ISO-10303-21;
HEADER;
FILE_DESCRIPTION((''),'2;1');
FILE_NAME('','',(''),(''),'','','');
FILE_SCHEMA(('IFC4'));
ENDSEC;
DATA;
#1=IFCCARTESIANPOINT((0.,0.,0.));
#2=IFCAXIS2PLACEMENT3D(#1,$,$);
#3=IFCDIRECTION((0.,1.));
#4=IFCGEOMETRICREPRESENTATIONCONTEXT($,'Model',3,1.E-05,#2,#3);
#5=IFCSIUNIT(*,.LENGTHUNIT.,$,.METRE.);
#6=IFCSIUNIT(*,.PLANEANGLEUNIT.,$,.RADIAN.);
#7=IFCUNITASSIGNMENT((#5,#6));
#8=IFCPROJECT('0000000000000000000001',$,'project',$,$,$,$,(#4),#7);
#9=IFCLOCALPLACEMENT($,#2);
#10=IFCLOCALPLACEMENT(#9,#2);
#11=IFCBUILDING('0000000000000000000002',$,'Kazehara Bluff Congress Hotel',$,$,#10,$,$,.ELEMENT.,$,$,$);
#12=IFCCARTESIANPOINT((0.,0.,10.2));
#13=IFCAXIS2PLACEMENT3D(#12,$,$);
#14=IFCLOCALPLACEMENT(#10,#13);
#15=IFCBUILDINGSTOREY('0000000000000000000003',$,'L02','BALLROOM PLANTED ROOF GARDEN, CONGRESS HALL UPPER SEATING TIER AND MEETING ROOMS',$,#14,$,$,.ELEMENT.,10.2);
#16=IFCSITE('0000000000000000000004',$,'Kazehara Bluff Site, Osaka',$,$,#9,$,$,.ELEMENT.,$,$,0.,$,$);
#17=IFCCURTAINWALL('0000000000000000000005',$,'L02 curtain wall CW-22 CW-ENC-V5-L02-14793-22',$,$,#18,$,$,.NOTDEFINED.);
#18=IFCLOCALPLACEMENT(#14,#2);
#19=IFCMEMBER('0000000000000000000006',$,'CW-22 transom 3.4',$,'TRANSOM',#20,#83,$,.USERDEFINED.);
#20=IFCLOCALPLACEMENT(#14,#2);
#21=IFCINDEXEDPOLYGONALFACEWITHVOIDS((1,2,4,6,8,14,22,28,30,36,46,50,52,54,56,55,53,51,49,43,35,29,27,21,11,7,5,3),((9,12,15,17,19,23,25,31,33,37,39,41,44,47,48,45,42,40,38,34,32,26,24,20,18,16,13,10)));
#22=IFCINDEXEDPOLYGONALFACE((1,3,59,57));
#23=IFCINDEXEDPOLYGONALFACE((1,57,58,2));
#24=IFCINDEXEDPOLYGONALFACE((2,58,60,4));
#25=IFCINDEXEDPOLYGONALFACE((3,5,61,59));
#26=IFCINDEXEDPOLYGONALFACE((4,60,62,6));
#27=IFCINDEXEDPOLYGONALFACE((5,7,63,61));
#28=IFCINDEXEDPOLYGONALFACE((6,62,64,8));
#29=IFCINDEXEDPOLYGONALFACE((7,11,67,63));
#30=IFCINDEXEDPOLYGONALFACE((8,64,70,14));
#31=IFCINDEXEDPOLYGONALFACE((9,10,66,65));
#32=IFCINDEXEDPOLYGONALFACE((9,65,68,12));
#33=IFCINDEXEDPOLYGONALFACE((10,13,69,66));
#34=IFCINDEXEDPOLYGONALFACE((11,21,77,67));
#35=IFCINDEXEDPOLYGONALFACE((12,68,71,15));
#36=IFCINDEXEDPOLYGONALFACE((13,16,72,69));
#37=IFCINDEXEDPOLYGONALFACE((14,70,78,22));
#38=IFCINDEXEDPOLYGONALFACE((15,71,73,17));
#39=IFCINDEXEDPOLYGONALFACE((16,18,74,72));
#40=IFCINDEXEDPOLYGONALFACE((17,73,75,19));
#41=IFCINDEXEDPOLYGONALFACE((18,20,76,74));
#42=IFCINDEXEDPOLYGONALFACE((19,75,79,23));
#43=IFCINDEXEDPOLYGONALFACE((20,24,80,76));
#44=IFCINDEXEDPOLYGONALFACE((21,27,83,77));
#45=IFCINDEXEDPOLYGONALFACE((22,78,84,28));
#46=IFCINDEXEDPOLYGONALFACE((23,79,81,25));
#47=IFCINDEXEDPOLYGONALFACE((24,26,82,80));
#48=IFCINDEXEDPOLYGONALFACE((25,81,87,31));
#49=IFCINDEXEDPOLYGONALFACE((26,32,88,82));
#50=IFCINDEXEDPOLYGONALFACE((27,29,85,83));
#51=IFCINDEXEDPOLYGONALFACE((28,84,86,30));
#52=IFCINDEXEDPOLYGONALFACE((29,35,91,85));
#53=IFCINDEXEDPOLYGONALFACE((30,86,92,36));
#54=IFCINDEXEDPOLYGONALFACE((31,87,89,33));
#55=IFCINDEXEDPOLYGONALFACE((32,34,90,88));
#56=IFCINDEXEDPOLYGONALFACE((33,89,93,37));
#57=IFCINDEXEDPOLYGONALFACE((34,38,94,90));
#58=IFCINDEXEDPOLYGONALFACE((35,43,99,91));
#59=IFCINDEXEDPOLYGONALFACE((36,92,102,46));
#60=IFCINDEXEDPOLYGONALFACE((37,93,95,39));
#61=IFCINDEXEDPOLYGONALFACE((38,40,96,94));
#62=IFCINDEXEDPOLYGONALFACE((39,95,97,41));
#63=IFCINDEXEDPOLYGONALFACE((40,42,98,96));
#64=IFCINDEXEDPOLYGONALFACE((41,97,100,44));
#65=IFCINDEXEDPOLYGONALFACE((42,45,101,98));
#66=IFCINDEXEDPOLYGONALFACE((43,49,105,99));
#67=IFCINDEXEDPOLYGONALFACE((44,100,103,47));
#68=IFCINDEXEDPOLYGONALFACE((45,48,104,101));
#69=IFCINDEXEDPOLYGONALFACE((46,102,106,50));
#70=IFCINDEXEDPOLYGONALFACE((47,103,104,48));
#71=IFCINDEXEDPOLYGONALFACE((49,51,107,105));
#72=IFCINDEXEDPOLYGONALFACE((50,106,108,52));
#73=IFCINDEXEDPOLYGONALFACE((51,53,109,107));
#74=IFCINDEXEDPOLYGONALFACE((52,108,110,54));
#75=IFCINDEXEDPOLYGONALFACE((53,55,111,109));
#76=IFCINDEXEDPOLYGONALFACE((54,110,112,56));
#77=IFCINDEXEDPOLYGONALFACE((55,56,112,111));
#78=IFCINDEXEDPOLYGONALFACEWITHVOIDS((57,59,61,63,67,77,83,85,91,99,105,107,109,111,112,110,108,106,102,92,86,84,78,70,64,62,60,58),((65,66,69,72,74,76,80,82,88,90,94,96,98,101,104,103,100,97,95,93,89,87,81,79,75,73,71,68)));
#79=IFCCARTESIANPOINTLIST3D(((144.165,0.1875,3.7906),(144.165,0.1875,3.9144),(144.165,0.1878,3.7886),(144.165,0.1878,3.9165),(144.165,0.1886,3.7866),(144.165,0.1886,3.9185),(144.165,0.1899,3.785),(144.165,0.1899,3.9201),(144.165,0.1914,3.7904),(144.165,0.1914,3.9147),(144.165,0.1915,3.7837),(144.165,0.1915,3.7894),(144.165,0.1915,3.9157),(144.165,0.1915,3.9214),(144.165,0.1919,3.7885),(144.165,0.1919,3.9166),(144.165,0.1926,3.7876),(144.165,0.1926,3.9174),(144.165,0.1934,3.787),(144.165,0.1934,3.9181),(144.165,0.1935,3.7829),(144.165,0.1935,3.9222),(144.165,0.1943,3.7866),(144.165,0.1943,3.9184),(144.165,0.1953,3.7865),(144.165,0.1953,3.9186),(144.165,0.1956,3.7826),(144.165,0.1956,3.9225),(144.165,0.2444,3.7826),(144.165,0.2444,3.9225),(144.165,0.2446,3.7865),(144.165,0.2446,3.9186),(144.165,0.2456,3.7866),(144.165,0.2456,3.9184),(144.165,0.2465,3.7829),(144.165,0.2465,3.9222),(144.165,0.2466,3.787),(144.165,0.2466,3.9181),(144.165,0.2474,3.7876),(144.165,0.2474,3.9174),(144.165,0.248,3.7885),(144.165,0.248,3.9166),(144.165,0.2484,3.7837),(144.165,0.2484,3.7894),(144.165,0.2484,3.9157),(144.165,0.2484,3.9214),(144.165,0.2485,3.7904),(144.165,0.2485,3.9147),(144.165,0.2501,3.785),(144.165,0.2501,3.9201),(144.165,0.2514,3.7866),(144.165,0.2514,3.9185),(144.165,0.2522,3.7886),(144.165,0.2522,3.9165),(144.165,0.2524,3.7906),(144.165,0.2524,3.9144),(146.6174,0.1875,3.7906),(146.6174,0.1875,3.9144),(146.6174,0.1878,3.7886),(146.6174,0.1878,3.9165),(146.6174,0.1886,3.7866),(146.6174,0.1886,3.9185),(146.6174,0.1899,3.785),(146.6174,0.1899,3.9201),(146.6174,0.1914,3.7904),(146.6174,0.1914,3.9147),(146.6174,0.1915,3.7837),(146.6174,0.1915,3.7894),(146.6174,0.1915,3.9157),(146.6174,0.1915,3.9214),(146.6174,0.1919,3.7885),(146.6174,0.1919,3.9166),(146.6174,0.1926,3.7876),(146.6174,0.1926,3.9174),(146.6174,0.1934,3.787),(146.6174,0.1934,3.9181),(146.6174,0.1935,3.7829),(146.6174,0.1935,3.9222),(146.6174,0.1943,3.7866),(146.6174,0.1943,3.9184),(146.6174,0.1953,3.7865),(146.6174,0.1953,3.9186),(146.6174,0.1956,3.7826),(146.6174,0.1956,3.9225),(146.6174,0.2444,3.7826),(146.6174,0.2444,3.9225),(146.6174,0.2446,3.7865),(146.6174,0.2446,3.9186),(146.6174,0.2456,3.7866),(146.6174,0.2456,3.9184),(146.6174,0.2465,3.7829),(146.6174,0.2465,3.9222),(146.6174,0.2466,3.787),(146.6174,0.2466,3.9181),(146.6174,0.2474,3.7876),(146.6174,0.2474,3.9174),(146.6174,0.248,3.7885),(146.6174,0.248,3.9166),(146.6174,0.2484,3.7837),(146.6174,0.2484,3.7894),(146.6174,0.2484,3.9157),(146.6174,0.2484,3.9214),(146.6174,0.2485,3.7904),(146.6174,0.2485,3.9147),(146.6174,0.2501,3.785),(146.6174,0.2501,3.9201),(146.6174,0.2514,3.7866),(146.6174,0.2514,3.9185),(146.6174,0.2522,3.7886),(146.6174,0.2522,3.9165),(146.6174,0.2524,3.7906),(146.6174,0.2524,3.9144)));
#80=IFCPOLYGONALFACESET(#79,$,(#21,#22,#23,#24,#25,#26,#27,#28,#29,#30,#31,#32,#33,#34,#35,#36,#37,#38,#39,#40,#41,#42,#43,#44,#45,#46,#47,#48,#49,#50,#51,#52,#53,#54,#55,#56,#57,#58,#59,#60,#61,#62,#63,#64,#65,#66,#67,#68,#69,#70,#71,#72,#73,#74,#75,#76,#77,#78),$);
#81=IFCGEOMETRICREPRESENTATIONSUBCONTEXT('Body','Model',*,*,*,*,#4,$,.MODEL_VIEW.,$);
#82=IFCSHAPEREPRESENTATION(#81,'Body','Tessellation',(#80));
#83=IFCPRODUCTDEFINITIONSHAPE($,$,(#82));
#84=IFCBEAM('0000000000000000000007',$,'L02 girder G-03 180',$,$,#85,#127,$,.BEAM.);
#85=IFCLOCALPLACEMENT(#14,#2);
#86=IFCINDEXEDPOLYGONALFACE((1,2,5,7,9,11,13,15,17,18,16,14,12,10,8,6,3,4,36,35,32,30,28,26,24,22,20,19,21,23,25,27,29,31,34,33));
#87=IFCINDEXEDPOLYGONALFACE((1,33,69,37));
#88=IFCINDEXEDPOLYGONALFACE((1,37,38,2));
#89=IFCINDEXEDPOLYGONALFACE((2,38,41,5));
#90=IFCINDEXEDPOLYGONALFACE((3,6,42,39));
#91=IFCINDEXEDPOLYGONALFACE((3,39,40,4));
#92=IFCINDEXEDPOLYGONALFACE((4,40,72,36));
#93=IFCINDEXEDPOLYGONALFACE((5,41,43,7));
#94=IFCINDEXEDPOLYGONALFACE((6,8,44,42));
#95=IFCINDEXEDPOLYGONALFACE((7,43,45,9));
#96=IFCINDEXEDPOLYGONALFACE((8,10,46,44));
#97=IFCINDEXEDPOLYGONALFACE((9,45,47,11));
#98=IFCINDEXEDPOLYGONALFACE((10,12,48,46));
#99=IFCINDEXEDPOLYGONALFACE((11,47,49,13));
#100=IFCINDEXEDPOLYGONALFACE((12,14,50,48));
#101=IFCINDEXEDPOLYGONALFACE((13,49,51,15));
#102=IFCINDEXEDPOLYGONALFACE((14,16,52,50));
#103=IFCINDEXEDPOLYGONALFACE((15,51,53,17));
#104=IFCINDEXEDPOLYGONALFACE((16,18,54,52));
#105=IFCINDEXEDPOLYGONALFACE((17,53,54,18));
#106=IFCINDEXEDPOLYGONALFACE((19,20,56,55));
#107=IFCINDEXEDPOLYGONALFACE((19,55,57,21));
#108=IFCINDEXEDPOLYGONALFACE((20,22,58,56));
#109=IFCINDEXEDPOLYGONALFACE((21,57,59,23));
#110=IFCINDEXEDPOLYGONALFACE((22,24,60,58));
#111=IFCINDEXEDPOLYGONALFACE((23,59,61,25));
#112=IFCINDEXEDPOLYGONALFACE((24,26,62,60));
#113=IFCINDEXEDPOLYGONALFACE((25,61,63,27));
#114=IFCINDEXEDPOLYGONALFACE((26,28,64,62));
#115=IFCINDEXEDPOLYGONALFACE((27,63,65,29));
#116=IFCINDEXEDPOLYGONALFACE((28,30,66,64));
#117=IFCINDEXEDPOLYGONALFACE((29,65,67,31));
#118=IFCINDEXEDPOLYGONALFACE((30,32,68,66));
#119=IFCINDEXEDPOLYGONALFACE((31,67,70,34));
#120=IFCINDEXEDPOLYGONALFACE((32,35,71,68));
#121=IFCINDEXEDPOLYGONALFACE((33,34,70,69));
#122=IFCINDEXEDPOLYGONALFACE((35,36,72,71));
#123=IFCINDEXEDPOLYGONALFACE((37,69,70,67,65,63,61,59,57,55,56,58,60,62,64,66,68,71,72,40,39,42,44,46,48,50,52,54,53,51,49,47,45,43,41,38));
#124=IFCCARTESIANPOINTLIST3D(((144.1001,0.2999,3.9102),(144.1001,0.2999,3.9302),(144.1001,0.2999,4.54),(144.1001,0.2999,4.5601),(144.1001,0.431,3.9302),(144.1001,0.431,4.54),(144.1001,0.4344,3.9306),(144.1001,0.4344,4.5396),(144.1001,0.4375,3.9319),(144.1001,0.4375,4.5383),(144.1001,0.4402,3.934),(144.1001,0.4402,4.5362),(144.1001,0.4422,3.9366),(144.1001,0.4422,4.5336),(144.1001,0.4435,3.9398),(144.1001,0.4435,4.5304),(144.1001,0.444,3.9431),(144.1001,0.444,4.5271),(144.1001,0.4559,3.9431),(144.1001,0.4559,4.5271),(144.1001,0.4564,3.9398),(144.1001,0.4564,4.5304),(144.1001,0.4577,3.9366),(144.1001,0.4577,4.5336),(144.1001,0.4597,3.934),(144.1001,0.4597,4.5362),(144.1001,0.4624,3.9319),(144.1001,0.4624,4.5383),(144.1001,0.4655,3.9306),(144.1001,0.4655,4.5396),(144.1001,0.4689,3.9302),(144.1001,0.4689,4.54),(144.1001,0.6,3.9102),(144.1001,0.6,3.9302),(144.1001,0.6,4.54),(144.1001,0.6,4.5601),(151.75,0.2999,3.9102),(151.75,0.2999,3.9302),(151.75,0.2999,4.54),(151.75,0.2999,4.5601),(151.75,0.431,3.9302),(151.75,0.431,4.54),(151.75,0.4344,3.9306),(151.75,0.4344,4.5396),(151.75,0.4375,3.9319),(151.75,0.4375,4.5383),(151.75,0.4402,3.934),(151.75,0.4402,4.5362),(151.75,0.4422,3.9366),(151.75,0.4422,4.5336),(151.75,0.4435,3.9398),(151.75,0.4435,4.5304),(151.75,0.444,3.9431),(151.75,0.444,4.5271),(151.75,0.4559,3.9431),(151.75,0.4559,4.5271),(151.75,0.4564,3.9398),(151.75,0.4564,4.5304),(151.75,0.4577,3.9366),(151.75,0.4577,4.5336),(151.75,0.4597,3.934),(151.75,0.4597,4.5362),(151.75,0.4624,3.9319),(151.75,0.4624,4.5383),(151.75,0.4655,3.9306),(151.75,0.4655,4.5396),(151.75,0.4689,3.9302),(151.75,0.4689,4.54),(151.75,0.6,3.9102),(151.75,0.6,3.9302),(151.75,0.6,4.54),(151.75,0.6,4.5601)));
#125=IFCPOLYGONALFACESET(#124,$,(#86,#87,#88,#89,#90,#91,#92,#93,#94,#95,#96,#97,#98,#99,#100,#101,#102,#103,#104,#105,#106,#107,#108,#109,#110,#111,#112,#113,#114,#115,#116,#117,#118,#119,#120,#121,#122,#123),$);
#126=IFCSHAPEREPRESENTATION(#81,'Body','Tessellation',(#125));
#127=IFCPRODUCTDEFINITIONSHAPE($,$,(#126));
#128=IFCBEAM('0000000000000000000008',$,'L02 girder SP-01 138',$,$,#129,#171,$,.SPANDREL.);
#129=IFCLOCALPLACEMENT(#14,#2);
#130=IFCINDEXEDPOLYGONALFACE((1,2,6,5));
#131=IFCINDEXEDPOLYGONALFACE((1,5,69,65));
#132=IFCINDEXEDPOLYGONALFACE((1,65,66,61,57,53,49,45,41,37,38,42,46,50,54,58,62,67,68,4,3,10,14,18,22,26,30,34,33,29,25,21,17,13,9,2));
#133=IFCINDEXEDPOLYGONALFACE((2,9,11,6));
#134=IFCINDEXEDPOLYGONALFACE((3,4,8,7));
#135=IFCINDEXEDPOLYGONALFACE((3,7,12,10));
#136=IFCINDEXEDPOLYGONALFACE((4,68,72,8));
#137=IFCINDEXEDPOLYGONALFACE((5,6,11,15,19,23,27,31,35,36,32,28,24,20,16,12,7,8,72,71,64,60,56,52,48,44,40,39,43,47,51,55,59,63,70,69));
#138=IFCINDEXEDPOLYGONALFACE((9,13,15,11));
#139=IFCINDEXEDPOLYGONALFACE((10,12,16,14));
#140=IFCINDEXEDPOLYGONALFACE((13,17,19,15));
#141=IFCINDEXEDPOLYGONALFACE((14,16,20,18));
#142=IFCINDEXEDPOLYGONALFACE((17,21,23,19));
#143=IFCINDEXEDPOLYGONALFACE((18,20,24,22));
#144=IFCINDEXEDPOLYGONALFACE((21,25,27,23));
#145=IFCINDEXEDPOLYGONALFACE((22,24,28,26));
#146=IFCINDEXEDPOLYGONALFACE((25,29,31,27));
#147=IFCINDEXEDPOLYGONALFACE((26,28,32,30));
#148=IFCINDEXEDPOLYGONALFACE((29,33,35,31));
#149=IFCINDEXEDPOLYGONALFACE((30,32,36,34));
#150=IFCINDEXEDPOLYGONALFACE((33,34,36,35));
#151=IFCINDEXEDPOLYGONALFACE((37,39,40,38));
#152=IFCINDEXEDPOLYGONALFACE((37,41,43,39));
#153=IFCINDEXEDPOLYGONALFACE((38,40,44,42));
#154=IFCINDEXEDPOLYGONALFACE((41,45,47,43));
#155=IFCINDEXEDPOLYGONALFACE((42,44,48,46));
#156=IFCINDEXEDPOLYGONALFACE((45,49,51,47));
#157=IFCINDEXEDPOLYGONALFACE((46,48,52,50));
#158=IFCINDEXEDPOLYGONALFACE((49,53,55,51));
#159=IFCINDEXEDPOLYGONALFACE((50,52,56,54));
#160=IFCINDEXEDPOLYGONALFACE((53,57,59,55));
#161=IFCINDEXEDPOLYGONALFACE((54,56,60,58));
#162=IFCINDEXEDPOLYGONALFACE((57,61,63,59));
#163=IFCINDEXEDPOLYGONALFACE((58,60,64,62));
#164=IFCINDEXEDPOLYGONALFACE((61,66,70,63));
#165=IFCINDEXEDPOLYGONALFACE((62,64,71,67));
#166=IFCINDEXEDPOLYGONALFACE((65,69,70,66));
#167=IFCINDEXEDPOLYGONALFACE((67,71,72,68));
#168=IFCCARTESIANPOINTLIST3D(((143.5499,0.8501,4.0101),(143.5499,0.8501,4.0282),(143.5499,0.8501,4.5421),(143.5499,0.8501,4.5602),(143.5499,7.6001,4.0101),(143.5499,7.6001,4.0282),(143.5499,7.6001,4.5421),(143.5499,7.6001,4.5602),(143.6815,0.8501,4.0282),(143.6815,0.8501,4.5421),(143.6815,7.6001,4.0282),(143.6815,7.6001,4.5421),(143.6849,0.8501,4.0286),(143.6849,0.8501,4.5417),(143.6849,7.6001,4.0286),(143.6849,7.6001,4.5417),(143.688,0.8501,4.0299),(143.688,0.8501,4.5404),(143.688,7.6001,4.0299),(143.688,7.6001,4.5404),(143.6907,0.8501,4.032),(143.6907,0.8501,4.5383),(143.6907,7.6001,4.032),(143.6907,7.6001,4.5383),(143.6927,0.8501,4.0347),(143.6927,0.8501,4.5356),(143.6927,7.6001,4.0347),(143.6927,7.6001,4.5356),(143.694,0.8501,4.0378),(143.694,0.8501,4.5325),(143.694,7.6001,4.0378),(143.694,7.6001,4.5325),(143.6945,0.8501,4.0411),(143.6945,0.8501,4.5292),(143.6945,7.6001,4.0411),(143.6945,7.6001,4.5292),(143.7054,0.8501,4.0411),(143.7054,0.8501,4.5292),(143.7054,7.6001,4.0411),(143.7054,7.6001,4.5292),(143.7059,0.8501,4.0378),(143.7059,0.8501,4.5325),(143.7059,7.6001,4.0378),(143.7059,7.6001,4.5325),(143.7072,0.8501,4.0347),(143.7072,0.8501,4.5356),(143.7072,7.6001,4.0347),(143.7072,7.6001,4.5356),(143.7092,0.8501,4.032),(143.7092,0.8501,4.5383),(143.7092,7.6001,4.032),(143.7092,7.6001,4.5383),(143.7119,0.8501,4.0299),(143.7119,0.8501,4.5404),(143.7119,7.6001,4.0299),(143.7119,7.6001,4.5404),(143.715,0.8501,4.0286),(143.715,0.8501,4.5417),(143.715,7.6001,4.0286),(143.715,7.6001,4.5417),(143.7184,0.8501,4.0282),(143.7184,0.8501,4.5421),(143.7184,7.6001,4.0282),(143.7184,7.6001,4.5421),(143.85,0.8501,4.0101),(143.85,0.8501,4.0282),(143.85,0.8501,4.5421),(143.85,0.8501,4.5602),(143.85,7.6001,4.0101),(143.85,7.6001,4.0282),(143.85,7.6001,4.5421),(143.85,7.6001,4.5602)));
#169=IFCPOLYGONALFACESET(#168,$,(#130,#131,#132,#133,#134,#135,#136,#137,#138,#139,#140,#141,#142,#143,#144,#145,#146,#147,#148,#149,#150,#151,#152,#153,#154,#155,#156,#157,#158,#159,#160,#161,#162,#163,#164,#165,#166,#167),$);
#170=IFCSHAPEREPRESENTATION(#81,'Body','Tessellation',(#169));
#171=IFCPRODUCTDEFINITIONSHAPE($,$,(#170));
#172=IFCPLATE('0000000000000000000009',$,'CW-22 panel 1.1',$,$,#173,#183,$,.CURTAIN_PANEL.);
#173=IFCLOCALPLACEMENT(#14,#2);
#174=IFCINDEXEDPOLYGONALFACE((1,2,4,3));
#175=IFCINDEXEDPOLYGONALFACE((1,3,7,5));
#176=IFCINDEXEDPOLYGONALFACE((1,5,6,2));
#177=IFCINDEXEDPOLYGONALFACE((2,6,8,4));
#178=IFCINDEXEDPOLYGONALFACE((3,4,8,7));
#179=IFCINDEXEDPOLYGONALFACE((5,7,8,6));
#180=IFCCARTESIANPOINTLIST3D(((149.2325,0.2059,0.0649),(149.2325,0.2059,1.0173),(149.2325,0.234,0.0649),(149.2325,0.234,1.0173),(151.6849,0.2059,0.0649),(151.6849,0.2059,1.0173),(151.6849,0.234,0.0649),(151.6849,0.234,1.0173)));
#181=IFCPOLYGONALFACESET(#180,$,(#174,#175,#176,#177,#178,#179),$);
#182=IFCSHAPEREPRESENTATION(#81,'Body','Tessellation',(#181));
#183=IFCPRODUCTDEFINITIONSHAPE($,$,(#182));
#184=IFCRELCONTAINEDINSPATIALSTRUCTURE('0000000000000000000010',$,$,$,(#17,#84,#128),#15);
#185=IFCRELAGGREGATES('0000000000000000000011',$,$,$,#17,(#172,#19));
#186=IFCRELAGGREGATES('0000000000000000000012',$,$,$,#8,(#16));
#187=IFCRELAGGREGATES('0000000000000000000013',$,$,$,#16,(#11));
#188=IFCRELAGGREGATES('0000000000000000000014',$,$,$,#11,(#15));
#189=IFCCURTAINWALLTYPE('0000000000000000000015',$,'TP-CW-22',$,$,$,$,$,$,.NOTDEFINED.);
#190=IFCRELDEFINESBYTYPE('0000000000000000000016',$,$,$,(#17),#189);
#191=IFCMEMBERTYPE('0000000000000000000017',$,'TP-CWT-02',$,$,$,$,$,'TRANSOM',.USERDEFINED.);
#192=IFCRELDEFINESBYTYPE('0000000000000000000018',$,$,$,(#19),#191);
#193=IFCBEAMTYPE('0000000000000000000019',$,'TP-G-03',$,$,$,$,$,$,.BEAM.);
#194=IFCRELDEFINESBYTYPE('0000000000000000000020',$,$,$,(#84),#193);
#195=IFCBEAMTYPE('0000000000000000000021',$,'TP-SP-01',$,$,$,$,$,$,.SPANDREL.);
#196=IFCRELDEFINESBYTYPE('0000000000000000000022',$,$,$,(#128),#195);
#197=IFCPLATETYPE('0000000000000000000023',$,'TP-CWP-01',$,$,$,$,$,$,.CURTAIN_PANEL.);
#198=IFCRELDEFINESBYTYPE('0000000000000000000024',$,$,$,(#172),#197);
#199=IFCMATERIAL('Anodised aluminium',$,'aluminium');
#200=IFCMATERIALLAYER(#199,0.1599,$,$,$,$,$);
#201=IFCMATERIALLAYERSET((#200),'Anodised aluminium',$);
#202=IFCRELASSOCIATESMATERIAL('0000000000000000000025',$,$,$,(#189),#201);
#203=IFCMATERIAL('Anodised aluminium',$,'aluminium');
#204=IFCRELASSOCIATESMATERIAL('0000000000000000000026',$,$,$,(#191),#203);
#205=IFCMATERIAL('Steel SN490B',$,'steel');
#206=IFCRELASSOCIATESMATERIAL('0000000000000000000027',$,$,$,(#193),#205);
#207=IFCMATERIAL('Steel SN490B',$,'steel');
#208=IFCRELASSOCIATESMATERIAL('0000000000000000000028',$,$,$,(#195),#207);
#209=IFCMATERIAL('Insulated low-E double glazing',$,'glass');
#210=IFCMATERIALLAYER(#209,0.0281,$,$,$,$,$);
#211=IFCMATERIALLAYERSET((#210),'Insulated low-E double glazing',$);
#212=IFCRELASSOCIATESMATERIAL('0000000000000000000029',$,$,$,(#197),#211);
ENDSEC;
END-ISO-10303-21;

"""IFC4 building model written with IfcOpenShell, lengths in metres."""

from ifc_helpers import new_model, si_unit, direction, frame, origin, origin_2d, place, context, subcontext, project, spatial, rectangle, hollow_rectangle, i_section, extrude, material, layer, layer_set, material_profile, profile_set, type_object, element, aggregate, save


model = new_model("IFC4")

# Units and contexts
model_context = context("Model", 3, precision=1e-05, world=origin(), true_north=direction((0.0, 1.0)))
body_context = subcontext(model_context, "Body", "Model", "MODEL_VIEW")
ifc_project = project(units=[si_unit("LENGTHUNIT", "METRE"), si_unit("PLANEANGLEUNIT", "RADIAN")], contexts=[model_context])

# Site, building, storey
site_placement = place(None, origin())
site = spatial("IfcSite", under=ifc_project, at=site_placement, Name="Kazehara Bluff Site, Osaka", CompositionType="ELEMENT", RefElevation=0.0)
building_placement = place(site_placement, origin())
building = spatial("IfcBuilding", under=site, at=building_placement, Name="Kazehara Bluff Congress Hotel", CompositionType="ELEMENT")
storey_placement = place(building_placement, frame((0.0, 0.0, 10.2)))
storey = spatial("IfcBuildingStorey", under=building, at=storey_placement, Name="L02", Description="BALLROOM PLANTED ROOF GARDEN, CONGRESS HALL UPPER SEATING TIER AND MEETING ROOMS", CompositionType="ELEMENT", Elevation=10.2)

# Curtain wall
ifc_material_1 = material(Name="Anodised aluminium", Category="aluminium")
ifc_layer_1 = layer(ifc_material_1, 0.1599)
ifc_layer_set_1 = layer_set([ifc_layer_1], Name="Anodised aluminium")
curtain_wall_type_1 = type_object("IfcCurtainWallType", Name="TP-CW-22", PredefinedType="NOTDEFINED", material=ifc_layer_set_1)
curtain_wall_1_placement = place(storey_placement, origin())
curtain_wall_1 = element("IfcCurtainWall", 1, at=curtain_wall_1_placement, inside=storey, type_object=curtain_wall_type_1, Name="L02 curtain wall CW-22 CW-ENC-V5-L02-14793-22", PredefinedType="NOTDEFINED")

# Member
ifc_material_2 = material(Name="Anodised aluminium", Category="aluminium")
ifc_material_profile_1 = material_profile(ifc_material_2, hollow_rectangle(XDim=0.0649, YDim=0.1399, WallThickness=0.0039, InnerFilletRadius=0.0039, OuterFilletRadius=0.0081, at=origin_2d()))
ifc_profile_set_1 = profile_set([ifc_material_profile_1], Name="Anodised aluminium")
member_type_1 = type_object("IfcMemberType", Name="TP-CWT-02", ElementType="TRANSOM", PredefinedType="USERDEFINED", material=ifc_profile_set_1)
member_1_placement = place(storey_placement, frame((146.6174, 0.22, 3.8525), z_axis=(-1.0, 0.0, 0.0), x_axis=(0.0, -1.0, 0.0)))
member_1 = element("IfcMember", 2, at=member_1_placement, type_object=member_type_1, Name="CW-22 transom 3.4", ObjectType="TRANSOM", PredefinedType="USERDEFINED", context=body_context, shape_type="SweptSolid", body=[
    extrude(hollow_rectangle(XDim=0.0649, YDim=0.1399, WallThickness=0.0039, InnerFilletRadius=0.0039, OuterFilletRadius=0.0081, at=origin_2d()), origin(), (0.0, 0.0, 1.0), 2.4524),
])

# Beams
ifc_material_3 = material(Name="Steel SN490B", Category="steel")
ifc_material_profile_2 = material_profile(ifc_material_3, i_section(OverallWidth=0.3, OverallDepth=0.6499, WebThickness=0.012, FlangeThickness=0.02, FilletRadius=0.0129, at=origin_2d()))
ifc_profile_set_2 = profile_set([ifc_material_profile_2], Name="Steel SN490B")
beam_type_1 = type_object("IfcBeamType", Name="TP-G-03", PredefinedType="BEAM", material=ifc_profile_set_2)
beam_1_placement = place(storey_placement, frame((144.1001, 0.45, 4.2351), z_axis=(1.0, 0.0, 0.0), x_axis=(0.0, 1.0, 0.0)))
element("IfcBeam", 3, at=beam_1_placement, inside=storey, type_object=beam_type_1, Name="L02 girder G-03 180", PredefinedType="BEAM", context=body_context, shape_type="SweptSolid", body=[
    extrude(i_section(OverallWidth=0.3, OverallDepth=0.6499, WebThickness=0.012, FlangeThickness=0.02, FilletRadius=0.0129, at=origin_2d()), origin(), (0.0, 0.0, 1.0), 7.6499),
])
ifc_material_4 = material(Name="Steel SN490B", Category="steel")
ifc_material_profile_3 = material_profile(ifc_material_4, i_section(OverallWidth=0.3, OverallDepth=0.55, WebThickness=0.011, FlangeThickness=0.0181, FilletRadius=0.0129, at=origin_2d()))
ifc_profile_set_3 = profile_set([ifc_material_profile_3], Name="Steel SN490B")
beam_type_2 = type_object("IfcBeamType", Name="TP-SP-01", PredefinedType="SPANDREL", material=ifc_profile_set_3)
beam_2_placement = place(storey_placement, frame((143.7, 0.8501, 4.2852), z_axis=(0.0, 1.0, 0.0), x_axis=(-1.0, 0.0, 0.0)))
element("IfcBeam", 4, at=beam_2_placement, inside=storey, type_object=beam_type_2, Name="L02 girder SP-01 138", PredefinedType="SPANDREL", context=body_context, shape_type="SweptSolid", body=[
    extrude(i_section(OverallWidth=0.3, OverallDepth=0.55, WebThickness=0.011, FlangeThickness=0.0181, FilletRadius=0.0129, at=origin_2d()), origin(), (0.0, 0.0, 1.0), 6.75),
])

# Plate
ifc_material_5 = material(Name="Insulated low-E double glazing", Category="glass")
ifc_layer_2 = layer(ifc_material_5, 0.0281)
ifc_layer_set_2 = layer_set([ifc_layer_2], Name="Insulated low-E double glazing")
plate_type = type_object("IfcPlateType", Name="TP-CWP-01", PredefinedType="CURTAIN_PANEL", material=ifc_layer_set_2)
plate_1_placement = place(storey_placement, frame((150.4587, 0.22, 0.0649), z_axis=(0.0, 0.0, 1.0), x_axis=(-1.0, 0.0, 0.0)))
plate_1 = element("IfcPlate", 5, at=plate_1_placement, type_object=plate_type, Name="CW-22 panel 1.1", PredefinedType="CURTAIN_PANEL", context=body_context, shape_type="SweptSolid", body=[
    extrude(rectangle(XDim=2.4524, YDim=0.0281, at=origin_2d()), origin(), (0.0, 0.0, 1.0), 0.9524),
])
aggregate(curtain_wall_1, [plate_1, member_1])

save(model, "model.ifc")
